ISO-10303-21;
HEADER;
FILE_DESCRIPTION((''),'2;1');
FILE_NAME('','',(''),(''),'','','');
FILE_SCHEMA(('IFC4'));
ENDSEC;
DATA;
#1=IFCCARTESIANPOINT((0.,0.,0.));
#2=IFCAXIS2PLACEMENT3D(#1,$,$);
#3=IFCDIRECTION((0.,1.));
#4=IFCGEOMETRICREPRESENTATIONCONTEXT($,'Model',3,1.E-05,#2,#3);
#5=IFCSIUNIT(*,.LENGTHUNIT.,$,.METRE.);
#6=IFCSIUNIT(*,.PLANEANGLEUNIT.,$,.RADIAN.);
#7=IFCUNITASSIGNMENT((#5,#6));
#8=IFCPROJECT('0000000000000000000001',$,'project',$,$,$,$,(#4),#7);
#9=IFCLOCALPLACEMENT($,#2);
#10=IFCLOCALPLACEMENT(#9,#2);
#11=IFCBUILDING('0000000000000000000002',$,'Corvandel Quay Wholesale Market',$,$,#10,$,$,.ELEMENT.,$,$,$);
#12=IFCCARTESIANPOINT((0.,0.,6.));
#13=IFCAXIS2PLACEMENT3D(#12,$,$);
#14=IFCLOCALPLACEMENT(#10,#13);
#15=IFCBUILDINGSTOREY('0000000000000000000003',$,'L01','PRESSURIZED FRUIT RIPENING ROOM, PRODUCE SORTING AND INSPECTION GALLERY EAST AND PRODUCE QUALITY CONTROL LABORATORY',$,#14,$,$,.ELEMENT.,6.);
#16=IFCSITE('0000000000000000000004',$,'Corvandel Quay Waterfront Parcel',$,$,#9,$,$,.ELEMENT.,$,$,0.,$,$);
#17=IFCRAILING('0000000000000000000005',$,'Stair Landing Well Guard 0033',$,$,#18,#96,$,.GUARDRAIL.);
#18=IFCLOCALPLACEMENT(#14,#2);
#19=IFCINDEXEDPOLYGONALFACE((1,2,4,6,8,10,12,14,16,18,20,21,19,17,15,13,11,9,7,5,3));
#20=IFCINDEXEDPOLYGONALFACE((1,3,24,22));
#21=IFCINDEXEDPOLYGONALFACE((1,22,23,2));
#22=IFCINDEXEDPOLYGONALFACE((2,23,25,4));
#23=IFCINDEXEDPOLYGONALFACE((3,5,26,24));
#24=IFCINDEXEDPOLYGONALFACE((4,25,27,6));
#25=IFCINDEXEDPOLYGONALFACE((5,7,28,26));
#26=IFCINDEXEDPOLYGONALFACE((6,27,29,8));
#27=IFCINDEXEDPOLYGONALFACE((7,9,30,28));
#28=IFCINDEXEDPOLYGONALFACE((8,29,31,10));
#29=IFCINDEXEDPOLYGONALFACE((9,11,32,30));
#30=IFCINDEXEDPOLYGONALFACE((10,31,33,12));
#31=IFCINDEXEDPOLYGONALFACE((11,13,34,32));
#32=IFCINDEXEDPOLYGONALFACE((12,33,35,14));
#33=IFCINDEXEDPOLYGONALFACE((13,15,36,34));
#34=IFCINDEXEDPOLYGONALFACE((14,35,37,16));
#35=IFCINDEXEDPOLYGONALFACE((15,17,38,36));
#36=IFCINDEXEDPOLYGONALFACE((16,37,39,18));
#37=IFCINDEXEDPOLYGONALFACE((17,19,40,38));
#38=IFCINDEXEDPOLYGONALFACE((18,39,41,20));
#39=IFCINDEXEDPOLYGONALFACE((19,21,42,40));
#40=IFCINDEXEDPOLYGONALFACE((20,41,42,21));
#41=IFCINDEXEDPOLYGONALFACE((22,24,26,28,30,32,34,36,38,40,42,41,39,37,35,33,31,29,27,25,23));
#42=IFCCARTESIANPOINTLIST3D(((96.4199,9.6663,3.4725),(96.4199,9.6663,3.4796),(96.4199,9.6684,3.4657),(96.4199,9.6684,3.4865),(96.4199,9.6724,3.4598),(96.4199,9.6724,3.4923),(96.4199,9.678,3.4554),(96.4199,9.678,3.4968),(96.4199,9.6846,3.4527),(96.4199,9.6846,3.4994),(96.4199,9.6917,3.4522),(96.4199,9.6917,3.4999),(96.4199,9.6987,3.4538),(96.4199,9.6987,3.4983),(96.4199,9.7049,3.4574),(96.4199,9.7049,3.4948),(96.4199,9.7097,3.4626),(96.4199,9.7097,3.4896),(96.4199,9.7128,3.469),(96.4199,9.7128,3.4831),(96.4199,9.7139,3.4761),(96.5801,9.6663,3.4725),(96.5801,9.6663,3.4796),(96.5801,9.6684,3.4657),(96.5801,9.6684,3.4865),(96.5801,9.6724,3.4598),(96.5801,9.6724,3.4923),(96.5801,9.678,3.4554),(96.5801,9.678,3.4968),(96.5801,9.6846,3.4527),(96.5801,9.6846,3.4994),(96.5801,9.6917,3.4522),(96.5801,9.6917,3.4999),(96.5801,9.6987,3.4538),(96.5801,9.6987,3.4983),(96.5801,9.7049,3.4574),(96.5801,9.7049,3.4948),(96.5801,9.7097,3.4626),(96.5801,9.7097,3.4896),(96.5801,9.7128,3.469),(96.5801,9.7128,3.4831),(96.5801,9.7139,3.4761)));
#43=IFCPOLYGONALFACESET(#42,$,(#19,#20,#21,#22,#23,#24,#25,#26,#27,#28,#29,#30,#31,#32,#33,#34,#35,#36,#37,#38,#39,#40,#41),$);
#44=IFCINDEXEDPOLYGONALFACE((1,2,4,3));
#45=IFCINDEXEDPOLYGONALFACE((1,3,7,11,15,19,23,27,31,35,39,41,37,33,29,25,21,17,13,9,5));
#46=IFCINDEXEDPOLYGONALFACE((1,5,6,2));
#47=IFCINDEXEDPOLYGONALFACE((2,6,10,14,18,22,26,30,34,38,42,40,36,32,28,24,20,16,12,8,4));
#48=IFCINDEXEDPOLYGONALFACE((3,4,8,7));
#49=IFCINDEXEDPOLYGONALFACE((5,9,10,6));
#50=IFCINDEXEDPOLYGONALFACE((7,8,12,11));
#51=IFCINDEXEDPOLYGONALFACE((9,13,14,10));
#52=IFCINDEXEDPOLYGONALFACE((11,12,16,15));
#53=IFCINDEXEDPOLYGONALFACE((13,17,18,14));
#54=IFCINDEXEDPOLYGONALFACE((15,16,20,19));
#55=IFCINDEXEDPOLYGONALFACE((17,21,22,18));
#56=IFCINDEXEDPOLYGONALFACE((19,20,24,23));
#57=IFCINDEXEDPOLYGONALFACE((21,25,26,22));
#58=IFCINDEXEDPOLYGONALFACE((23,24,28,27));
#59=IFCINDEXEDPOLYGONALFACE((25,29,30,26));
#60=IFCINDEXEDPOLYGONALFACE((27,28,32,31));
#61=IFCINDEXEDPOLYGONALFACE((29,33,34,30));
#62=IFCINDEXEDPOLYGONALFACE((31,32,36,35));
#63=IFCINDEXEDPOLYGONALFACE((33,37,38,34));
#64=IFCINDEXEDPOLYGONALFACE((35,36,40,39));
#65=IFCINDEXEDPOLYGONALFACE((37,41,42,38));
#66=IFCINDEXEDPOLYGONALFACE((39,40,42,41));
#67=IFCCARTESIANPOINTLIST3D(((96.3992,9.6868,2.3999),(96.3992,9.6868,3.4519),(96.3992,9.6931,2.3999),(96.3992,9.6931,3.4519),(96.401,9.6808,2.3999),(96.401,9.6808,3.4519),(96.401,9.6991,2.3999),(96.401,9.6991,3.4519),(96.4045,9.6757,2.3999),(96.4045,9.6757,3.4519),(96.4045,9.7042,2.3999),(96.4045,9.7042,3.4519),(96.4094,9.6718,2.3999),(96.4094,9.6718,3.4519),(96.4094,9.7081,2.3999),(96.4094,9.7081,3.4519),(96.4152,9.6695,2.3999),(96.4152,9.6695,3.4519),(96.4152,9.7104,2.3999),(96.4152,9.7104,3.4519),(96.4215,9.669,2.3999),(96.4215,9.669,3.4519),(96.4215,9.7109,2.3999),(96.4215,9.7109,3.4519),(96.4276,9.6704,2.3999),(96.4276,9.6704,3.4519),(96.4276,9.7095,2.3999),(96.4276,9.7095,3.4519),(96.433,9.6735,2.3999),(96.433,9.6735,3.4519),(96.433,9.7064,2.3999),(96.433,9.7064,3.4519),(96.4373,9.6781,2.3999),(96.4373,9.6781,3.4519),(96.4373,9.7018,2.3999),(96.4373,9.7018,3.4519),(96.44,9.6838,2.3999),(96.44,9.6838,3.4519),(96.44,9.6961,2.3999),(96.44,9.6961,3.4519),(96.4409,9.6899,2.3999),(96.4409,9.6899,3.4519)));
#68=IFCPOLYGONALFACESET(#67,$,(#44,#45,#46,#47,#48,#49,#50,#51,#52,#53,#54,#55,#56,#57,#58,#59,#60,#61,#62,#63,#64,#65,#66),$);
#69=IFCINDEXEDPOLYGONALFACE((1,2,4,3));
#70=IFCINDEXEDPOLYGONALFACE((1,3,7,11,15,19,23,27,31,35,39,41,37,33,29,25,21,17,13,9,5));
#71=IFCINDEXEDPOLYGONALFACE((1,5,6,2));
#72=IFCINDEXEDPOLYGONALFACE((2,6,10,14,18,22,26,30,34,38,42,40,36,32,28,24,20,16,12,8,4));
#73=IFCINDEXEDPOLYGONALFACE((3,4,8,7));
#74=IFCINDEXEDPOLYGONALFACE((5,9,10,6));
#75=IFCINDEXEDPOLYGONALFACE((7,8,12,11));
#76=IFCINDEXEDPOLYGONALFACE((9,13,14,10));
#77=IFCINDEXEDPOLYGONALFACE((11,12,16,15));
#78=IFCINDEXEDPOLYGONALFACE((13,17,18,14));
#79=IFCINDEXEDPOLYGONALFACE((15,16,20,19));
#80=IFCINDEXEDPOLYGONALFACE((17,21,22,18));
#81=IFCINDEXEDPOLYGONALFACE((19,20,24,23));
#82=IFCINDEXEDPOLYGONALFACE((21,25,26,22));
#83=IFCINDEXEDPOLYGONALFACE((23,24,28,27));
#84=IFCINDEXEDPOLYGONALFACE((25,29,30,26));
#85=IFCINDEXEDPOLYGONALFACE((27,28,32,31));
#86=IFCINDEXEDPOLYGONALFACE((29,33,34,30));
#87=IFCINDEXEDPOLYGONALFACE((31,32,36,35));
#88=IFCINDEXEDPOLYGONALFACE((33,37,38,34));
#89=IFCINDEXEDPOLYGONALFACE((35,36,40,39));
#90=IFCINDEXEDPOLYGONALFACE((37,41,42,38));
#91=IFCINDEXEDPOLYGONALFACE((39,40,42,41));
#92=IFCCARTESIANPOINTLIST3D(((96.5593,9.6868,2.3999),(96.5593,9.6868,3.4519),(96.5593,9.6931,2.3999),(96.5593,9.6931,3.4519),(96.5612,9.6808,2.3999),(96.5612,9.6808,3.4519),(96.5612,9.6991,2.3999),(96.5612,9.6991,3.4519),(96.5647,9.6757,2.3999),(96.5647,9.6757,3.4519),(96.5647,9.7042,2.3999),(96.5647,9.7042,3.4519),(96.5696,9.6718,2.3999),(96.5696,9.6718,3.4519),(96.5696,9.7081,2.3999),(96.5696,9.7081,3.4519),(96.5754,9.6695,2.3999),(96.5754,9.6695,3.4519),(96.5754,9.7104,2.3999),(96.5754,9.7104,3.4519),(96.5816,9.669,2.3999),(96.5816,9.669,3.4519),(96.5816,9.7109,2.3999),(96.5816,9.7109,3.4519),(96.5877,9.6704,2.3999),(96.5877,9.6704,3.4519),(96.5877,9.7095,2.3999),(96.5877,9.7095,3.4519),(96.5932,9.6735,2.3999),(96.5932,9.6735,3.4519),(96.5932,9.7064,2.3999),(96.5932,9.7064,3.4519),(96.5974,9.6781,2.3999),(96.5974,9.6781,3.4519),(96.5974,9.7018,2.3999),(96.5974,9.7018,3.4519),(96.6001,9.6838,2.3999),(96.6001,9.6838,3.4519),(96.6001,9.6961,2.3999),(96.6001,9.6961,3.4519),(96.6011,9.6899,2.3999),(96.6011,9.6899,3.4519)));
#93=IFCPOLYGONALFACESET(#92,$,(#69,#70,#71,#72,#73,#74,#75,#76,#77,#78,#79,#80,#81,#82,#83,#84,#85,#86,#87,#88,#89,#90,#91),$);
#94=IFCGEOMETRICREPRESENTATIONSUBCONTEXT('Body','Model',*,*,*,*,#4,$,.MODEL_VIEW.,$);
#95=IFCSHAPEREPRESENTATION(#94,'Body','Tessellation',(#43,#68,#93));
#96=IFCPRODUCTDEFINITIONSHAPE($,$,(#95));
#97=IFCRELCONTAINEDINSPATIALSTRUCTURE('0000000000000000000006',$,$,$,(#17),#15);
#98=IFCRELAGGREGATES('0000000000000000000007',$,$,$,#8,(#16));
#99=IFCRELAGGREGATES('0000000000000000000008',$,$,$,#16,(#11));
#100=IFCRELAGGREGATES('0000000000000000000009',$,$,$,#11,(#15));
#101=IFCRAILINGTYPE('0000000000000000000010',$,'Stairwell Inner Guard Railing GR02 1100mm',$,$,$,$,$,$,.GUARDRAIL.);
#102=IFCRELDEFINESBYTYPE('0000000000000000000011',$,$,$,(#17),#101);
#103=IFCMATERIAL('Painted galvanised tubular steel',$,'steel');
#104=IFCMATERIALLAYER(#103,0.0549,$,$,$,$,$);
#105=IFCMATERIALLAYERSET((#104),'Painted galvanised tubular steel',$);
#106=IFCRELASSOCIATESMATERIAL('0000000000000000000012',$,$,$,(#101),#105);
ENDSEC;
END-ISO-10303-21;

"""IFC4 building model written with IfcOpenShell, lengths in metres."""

from ifc_helpers import new_model, si_unit, direction, frame, origin, origin_2d, place, context, subcontext, project, spatial, circle, extrude, material, layer, layer_set, type_object, element, save


model = new_model("IFC4")

# Units and contexts
model_context = context("Model", 3, precision=1e-05, world=origin(), true_north=direction((0.0, 1.0)))
body_context = subcontext(model_context, "Body", "Model", "MODEL_VIEW")
ifc_project = project(units=[si_unit("LENGTHUNIT", "METRE"), si_unit("PLANEANGLEUNIT", "RADIAN")], contexts=[model_context])

# Site, building, storey
site_placement = place(None, origin())
site = spatial("IfcSite", under=ifc_project, at=site_placement, Name="Corvandel Quay Waterfront Parcel", CompositionType="ELEMENT", RefElevation=0.0)
building_placement = place(site_placement, origin())
building = spatial("IfcBuilding", under=site, at=building_placement, Name="Corvandel Quay Wholesale Market", CompositionType="ELEMENT")
storey_placement = place(building_placement, frame((0.0, 0.0, 6.0)))
storey = spatial("IfcBuildingStorey", under=building, at=storey_placement, Name="L01", Description="PRESSURIZED FRUIT RIPENING ROOM, PRODUCE SORTING AND INSPECTION GALLERY EAST AND PRODUCE QUALITY CONTROL LABORATORY", CompositionType="ELEMENT", Elevation=6.0)

# Railing
ifc_material_1 = material(Name="Painted galvanised tubular steel", Category="steel")
ifc_layer_1 = layer(ifc_material_1, 0.0549)
ifc_layer_set_1 = layer_set([ifc_layer_1], Name="Painted galvanised tubular steel")
railing_type_1 = type_object("IfcRailingType", Name="Stairwell Inner Guard Railing GR02 1100mm", PredefinedType="GUARDRAIL", material=ifc_layer_set_1)
railing_1_placement = place(storey_placement, frame((96.4199, 9.6899, 2.3999)))
element("IfcRailing", 1, at=railing_1_placement, inside=storey, type_object=railing_type_1, Name="Stair Landing Well Guard 0033", PredefinedType="GUARDRAIL", context=body_context, shape_type="SweptSolid", body=[
    extrude(circle(Radius=0.0239, at=origin_2d()), frame((0.0, 0.0, 1.0762), z_axis=(1.0, 0.0, 0.0), x_axis=(0.0, 1.0, 0.0)), (0.0, 0.0, 1.0), 0.1602),
    extrude(circle(Radius=0.021, at=origin_2d()), origin(), (0.0, 0.0, 1.0), 1.052),
    extrude(circle(Radius=0.021, at=origin_2d()), frame((0.1602, 0.0, 0.0)), (0.0, 0.0, 1.0), 1.052),
])

save(model, "model.ifc")
